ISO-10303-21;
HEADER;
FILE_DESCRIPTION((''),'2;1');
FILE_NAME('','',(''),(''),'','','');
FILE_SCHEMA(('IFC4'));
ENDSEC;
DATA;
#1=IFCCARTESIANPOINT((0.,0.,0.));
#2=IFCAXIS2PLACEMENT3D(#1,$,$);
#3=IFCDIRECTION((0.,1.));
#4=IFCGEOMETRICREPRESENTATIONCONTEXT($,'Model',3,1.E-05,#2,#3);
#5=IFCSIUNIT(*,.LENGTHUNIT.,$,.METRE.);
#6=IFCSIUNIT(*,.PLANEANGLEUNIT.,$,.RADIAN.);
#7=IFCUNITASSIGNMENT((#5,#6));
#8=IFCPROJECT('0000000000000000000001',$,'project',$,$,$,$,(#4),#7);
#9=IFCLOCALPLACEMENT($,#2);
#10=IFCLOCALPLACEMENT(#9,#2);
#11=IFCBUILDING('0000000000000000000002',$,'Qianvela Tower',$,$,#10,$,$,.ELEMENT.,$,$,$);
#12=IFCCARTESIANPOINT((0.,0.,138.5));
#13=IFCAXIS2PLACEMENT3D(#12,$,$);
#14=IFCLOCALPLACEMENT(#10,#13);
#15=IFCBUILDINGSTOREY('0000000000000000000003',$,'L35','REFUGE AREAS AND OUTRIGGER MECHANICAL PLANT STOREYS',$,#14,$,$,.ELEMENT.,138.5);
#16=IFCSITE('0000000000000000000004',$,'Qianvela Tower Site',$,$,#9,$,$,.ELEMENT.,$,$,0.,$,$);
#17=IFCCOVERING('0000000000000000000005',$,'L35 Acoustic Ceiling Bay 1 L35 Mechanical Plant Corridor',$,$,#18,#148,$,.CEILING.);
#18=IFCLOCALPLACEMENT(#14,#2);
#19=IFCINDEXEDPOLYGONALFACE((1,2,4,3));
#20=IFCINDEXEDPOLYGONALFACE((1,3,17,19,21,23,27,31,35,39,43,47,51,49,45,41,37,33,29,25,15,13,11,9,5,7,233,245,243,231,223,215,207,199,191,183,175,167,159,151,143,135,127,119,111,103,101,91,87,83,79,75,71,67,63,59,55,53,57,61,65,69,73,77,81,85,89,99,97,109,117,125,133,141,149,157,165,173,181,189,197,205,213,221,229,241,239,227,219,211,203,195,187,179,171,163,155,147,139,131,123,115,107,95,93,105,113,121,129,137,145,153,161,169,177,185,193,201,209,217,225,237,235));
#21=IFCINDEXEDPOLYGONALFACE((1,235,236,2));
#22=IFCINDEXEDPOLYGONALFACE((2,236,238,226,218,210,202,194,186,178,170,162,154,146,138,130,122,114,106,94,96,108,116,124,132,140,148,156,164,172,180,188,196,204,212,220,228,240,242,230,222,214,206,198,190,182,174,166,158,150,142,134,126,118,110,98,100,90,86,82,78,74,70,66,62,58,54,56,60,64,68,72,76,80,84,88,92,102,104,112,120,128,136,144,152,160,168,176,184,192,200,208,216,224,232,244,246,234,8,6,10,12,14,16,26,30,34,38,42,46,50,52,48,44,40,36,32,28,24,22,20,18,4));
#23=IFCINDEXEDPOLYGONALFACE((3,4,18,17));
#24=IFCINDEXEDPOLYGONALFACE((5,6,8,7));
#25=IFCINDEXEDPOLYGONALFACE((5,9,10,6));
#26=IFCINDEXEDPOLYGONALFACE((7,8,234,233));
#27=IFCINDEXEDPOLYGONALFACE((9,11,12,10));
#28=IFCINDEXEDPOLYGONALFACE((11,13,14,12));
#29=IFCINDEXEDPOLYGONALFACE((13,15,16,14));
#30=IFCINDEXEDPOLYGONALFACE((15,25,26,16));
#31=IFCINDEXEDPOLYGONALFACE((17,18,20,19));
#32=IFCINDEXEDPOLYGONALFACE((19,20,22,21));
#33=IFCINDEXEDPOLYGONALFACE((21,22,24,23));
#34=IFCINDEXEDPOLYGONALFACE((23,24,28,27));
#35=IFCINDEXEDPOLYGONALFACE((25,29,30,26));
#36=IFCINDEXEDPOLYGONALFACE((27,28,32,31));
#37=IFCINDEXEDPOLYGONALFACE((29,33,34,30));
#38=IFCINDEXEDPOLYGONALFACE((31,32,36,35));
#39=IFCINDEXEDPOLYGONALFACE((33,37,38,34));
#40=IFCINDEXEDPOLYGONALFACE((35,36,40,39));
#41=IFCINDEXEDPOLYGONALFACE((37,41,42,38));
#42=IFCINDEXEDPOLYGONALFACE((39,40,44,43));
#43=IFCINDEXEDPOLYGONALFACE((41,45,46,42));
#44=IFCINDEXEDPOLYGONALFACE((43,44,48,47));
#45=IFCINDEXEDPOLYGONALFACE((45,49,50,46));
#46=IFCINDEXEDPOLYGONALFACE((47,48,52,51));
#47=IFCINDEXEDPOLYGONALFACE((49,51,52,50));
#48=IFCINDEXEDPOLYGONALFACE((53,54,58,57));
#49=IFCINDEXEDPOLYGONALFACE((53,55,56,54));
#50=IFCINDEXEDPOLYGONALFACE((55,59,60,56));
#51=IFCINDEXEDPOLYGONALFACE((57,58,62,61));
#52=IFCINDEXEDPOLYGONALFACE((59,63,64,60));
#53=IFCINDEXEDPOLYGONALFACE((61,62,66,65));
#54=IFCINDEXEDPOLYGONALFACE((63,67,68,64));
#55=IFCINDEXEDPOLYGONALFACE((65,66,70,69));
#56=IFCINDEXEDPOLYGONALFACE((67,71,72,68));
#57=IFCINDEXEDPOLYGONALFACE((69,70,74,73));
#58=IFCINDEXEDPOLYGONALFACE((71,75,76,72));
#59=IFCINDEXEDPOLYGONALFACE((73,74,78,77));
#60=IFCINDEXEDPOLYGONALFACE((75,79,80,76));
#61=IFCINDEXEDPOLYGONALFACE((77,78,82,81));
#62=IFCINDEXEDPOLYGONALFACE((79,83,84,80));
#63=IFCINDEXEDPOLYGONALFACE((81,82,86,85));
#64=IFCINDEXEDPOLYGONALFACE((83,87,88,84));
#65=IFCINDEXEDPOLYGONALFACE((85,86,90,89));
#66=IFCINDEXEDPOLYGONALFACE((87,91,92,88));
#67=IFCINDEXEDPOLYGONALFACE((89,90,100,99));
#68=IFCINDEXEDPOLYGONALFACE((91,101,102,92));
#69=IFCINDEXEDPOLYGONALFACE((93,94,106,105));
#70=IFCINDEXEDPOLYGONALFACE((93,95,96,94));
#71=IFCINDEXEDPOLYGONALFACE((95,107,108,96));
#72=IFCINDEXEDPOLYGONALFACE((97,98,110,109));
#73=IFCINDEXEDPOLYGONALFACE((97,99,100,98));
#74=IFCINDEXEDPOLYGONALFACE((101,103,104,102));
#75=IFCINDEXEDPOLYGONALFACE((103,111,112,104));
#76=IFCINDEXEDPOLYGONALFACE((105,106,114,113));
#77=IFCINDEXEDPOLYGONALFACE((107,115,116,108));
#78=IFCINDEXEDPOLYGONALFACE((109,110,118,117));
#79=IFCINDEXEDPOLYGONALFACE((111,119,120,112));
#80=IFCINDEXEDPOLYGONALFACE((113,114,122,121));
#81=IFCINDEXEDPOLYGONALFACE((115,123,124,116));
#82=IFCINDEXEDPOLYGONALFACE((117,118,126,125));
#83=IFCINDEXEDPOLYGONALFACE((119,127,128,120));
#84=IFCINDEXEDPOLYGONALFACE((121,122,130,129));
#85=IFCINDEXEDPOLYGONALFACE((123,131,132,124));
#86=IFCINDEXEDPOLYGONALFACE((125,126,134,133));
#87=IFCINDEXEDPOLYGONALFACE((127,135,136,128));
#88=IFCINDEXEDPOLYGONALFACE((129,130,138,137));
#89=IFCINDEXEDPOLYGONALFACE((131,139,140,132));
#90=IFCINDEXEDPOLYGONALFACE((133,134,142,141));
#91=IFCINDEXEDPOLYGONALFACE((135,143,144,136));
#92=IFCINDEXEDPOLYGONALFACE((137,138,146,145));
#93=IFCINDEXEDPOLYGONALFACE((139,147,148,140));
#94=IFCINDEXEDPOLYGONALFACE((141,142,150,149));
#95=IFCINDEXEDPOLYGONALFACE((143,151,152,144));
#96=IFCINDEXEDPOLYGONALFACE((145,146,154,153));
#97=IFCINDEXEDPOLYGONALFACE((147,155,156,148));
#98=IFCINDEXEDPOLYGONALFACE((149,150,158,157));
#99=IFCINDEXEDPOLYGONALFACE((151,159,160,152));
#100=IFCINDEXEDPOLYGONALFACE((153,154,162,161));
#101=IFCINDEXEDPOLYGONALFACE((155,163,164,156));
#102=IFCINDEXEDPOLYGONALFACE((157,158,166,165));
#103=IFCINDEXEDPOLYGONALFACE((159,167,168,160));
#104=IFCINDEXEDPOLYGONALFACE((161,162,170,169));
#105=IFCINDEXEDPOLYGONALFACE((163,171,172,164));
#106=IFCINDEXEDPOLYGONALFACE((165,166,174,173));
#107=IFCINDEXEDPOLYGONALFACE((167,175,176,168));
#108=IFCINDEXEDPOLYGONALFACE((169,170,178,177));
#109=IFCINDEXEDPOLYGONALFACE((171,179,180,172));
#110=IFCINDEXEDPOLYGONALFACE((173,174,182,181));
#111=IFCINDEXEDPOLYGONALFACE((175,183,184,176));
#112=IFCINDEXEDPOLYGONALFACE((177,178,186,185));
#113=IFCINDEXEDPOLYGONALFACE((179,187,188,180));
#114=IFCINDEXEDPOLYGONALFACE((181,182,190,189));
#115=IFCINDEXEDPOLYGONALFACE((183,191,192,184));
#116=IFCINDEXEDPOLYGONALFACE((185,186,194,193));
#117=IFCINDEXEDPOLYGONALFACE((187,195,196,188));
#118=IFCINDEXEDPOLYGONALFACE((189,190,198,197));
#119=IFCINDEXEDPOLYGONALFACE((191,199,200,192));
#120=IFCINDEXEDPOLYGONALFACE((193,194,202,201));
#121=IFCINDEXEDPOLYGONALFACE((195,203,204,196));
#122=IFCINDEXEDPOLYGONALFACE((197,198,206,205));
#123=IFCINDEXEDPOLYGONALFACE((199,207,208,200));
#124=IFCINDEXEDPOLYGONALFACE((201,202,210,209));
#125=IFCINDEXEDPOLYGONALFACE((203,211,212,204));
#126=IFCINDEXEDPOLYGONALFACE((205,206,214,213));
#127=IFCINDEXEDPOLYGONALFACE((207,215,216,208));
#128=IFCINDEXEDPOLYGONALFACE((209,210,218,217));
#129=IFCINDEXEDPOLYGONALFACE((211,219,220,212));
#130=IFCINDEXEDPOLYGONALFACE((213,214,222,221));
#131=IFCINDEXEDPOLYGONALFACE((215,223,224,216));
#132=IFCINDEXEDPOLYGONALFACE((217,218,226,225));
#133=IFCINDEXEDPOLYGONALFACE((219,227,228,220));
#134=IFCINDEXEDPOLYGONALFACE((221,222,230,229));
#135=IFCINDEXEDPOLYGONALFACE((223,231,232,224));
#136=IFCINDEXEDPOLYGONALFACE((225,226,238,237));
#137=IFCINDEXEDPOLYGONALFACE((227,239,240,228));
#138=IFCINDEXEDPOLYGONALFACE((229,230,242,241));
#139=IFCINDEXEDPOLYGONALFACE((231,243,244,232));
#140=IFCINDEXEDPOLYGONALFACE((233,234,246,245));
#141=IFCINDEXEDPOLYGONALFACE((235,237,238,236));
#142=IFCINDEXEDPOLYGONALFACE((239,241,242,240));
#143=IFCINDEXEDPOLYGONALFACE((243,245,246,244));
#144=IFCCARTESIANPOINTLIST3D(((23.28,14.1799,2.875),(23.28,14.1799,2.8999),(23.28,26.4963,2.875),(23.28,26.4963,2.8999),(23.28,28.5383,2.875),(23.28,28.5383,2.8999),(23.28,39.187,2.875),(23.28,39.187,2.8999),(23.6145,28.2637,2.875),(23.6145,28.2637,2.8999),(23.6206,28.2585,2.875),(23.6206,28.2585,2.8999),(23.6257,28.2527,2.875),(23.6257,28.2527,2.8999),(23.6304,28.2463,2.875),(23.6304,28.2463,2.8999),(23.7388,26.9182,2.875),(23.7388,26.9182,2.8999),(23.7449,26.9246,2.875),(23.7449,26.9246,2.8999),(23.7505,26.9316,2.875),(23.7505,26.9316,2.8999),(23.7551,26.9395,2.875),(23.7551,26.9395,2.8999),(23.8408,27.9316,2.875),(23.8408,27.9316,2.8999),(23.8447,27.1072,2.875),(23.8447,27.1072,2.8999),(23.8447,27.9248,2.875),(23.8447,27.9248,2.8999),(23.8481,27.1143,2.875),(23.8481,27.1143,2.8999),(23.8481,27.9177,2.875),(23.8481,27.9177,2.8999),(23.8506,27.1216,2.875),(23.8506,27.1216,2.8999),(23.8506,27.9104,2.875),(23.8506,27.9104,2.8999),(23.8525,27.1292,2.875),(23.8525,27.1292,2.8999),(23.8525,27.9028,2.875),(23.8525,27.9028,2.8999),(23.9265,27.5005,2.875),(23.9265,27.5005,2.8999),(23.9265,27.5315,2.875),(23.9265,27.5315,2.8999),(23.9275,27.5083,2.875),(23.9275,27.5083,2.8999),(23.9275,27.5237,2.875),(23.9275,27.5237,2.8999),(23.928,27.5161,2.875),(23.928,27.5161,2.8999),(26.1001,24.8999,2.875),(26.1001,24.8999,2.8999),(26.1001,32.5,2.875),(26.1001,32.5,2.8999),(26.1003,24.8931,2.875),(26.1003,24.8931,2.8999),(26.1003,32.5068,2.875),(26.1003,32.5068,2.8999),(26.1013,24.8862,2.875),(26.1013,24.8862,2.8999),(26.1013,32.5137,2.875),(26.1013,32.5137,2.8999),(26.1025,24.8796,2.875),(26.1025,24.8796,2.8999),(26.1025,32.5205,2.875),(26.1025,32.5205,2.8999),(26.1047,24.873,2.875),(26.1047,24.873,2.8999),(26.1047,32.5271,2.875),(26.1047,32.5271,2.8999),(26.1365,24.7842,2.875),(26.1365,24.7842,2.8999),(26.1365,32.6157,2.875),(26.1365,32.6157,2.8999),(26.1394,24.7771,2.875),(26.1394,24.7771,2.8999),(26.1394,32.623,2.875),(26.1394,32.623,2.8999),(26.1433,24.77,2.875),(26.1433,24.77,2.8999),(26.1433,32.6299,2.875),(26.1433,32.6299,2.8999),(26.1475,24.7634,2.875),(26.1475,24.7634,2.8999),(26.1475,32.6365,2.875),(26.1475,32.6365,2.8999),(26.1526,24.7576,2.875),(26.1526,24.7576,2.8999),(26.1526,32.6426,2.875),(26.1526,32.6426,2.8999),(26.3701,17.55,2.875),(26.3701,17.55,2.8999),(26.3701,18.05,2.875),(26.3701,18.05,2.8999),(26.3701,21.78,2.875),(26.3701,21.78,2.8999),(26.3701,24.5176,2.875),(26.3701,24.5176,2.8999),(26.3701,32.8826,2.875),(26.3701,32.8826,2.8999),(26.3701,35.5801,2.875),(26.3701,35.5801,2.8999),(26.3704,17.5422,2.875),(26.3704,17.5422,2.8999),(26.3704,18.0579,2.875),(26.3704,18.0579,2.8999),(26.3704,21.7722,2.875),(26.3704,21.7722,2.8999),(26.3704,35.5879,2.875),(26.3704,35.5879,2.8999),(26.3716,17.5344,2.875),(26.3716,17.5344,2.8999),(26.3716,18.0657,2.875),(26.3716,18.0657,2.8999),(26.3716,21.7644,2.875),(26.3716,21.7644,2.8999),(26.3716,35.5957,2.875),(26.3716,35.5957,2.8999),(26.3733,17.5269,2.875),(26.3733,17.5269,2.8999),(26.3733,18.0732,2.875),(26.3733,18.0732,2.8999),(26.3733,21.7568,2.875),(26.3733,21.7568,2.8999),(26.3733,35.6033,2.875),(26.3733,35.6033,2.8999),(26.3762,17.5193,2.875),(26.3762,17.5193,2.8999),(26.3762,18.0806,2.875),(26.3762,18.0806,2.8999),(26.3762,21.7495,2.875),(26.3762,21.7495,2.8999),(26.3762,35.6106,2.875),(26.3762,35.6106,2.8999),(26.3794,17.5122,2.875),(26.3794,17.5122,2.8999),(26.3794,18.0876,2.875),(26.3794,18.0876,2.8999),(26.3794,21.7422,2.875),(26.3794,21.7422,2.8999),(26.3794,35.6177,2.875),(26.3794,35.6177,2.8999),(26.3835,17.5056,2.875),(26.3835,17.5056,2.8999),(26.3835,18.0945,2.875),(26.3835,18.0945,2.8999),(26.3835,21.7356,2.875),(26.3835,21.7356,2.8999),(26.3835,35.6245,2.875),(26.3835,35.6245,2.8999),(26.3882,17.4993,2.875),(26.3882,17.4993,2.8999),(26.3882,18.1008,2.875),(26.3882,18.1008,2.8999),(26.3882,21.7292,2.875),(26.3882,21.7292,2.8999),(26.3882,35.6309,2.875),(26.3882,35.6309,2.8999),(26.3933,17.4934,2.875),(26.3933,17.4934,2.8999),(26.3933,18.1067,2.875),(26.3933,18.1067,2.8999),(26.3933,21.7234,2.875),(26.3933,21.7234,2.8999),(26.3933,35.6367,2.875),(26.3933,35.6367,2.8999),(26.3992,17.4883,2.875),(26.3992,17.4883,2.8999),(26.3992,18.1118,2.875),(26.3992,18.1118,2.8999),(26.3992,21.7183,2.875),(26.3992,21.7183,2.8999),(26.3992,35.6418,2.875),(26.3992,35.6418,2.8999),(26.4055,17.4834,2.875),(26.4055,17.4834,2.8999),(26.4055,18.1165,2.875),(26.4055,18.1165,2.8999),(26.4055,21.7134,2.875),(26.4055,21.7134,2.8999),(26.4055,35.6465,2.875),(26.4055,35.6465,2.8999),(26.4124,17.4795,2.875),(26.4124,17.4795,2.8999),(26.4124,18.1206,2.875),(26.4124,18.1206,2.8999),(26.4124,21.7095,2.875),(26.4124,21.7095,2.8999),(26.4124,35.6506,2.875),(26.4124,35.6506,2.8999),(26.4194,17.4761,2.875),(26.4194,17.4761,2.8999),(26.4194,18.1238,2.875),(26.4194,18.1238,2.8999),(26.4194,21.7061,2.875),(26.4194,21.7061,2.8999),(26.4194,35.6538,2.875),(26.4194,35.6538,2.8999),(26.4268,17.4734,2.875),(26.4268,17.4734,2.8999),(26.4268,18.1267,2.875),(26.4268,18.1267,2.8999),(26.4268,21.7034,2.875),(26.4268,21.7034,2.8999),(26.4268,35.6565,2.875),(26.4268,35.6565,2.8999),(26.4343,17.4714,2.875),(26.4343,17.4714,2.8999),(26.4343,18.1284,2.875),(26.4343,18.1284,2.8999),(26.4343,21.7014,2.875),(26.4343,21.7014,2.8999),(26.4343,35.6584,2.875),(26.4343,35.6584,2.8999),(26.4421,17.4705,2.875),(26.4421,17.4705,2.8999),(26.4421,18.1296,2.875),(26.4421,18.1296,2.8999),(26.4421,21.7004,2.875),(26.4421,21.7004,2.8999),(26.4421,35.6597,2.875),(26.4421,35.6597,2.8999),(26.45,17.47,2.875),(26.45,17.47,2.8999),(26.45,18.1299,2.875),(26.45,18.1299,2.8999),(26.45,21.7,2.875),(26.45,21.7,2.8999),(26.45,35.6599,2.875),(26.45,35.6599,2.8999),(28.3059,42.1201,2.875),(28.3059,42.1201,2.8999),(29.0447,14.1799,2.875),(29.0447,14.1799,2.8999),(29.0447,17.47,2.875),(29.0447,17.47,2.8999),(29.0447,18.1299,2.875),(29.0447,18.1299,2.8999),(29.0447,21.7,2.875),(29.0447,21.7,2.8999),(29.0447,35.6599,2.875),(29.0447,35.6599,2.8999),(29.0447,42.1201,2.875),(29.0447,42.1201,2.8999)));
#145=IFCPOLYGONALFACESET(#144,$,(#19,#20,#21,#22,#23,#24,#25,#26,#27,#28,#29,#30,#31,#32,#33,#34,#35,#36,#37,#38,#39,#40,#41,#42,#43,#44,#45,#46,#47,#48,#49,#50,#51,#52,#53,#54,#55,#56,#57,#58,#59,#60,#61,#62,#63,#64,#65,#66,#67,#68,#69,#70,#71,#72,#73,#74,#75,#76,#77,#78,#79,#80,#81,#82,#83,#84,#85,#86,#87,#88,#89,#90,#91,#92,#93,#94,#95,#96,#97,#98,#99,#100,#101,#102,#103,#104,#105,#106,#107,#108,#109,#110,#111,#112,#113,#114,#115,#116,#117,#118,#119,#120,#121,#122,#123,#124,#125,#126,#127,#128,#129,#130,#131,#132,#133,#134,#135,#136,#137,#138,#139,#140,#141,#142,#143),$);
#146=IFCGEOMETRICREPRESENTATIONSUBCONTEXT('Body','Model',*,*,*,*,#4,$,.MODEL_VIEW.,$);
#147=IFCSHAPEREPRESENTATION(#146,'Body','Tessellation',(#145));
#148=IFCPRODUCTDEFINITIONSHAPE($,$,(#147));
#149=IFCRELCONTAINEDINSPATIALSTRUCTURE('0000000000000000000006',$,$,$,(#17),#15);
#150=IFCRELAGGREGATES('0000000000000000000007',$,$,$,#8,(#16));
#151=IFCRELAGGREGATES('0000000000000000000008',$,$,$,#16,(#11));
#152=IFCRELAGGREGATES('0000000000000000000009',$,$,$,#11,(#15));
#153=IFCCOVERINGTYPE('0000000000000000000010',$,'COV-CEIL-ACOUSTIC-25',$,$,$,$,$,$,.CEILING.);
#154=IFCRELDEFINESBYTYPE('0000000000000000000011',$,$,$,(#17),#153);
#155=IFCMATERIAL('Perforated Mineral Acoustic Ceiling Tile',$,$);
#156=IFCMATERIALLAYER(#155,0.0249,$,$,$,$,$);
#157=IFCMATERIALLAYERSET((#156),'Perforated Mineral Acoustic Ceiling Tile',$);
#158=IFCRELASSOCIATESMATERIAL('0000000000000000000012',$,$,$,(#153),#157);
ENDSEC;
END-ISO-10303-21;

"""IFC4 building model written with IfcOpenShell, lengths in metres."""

from ifc_helpers import new_model, si_unit, direction, frame, origin, place, context, subcontext, project, spatial, polyline, outline, extrude, material, layer, layer_set, type_object, element, save


model = new_model("IFC4")

# Units and contexts
model_context = context("Model", 3, precision=1e-05, world=origin(), true_north=direction((0.0, 1.0)))
body_context = subcontext(model_context, "Body", "Model", "MODEL_VIEW")
ifc_project = project(units=[si_unit("LENGTHUNIT", "METRE"), si_unit("PLANEANGLEUNIT", "RADIAN")], contexts=[model_context])

# Site, building, storey
site_placement = place(None, origin())
site = spatial("IfcSite", under=ifc_project, at=site_placement, Name="Qianvela Tower Site", CompositionType="ELEMENT", RefElevation=0.0)
building_placement = place(site_placement, origin())
building = spatial("IfcBuilding", under=site, at=building_placement, Name="Qianvela Tower", CompositionType="ELEMENT")
storey_placement = place(building_placement, frame((0.0, 0.0, 138.5)))
storey = spatial("IfcBuildingStorey", under=building, at=storey_placement, Name="L35", Description="REFUGE AREAS AND OUTRIGGER MECHANICAL PLANT STOREYS", CompositionType="ELEMENT", Elevation=138.5)

# Covering
ifc_material_1 = material(Name="Perforated Mineral Acoustic Ceiling Tile")
ifc_layer_1 = layer(ifc_material_1, 0.0249)
ifc_layer_set_1 = layer_set([ifc_layer_1], Name="Perforated Mineral Acoustic Ceiling Tile")
covering_type_1 = type_object("IfcCoveringType", Name="COV-CEIL-ACOUSTIC-25", PredefinedType="CEILING", material=ifc_layer_set_1)
covering_1_placement = place(storey_placement, frame((0.0, 0.0, 2.875)))
element("IfcCovering", 1, at=covering_1_placement, inside=storey, type_object=covering_type_1, Name="L35 Acoustic Ceiling Bay 1 L35 Mechanical Plant Corridor", PredefinedType="CEILING", context=body_context, shape_type="SweptSolid", body=[
    extrude(outline(polyline([(23.9275, 27.5083), (23.928, 27.5161), (23.9275, 27.5237), (23.9265, 27.5315), (23.8525, 27.9028), (23.8506, 27.9104), (23.8481, 27.9177), (23.8447, 27.9248), (23.8408, 27.9316), (23.6304, 28.2463), (23.6257, 28.2527), (23.6206, 28.2585), (23.6145, 28.2637), (23.28, 28.5383), (23.28, 39.187), (28.3059, 42.1201), (29.0447, 42.1201), (29.0447, 35.6599), (26.45, 35.6599), (26.4421, 35.6597), (26.4343, 35.6584), (26.4268, 35.6565), (26.4194, 35.6538), (26.4124, 35.6506), (26.4055, 35.6465), (26.3992, 35.6418), (26.3933, 35.6367), (26.3882, 35.6309), (26.3835, 35.6245), (26.3794, 35.6177), (26.3762, 35.6106), (26.3733, 35.6033), (26.3716, 35.5957), (26.3704, 35.5879), (26.3701, 35.5801), (26.3701, 32.8826), (26.1526, 32.6426), (26.1475, 32.6365), (26.1433, 32.6299), (26.1394, 32.623), (26.1365, 32.6157), (26.1047, 32.5271), (26.1025, 32.5205), (26.1013, 32.5137), (26.1003, 32.5068), (26.1001, 32.5), (26.1001, 24.8999), (26.1003, 24.8931), (26.1013, 24.8862), (26.1025, 24.8796), (26.1047, 24.873), (26.1365, 24.7842), (26.1394, 24.7771), (26.1433, 24.77), (26.1475, 24.7634), (26.1526, 24.7576), (26.3701, 24.5176), (26.3701, 21.78), (26.3704, 21.7722), (26.3716, 21.7644), (26.3733, 21.7568), (26.3762, 21.7495), (26.3794, 21.7422), (26.3835, 21.7356), (26.3882, 21.7292), (26.3933, 21.7234), (26.3992, 21.7183), (26.4055, 21.7134), (26.4124, 21.7095), (26.4194, 21.7061), (26.4268, 21.7034), (26.4343, 21.7014), (26.4421, 21.7004), (26.45, 21.7), (29.0447, 21.7), (29.0447, 18.1299), (26.45, 18.1299), (26.4421, 18.1296), (26.4343, 18.1284), (26.4268, 18.1267), (26.4194, 18.1238), (26.4124, 18.1206), (26.4055, 18.1165), (26.3992, 18.1118), (26.3933, 18.1067), (26.3882, 18.1008), (26.3835, 18.0945), (26.3794, 18.0876), (26.3762, 18.0806), (26.3733, 18.0732), (26.3716, 18.0657), (26.3704, 18.0579), (26.3701, 18.05), (26.3701, 17.55), (26.3704, 17.5422), (26.3716, 17.5344), (26.3733, 17.5269), (26.3762, 17.5193), (26.3794, 17.5122), (26.3835, 17.5056), (26.3882, 17.4993), (26.3933, 17.4934), (26.3992, 17.4883), (26.4055, 17.4834), (26.4124, 17.4795), (26.4194, 17.4761), (26.4268, 17.4734), (26.4343, 17.4714), (26.4421, 17.4705), (26.45, 17.47), (29.0447, 17.47), (29.0447, 14.1799), (23.28, 14.1799), (23.28, 26.4963), (23.7388, 26.9182), (23.7449, 26.9246), (23.7505, 26.9316), (23.7551, 26.9395), (23.8447, 27.1072), (23.8481, 27.1143), (23.8506, 27.1216), (23.8525, 27.1292), (23.9265, 27.5005), (23.9275, 27.5083)])), origin(), (0.0, 0.0, 1.0), 0.0249),
])

save(model, "model.ifc")
